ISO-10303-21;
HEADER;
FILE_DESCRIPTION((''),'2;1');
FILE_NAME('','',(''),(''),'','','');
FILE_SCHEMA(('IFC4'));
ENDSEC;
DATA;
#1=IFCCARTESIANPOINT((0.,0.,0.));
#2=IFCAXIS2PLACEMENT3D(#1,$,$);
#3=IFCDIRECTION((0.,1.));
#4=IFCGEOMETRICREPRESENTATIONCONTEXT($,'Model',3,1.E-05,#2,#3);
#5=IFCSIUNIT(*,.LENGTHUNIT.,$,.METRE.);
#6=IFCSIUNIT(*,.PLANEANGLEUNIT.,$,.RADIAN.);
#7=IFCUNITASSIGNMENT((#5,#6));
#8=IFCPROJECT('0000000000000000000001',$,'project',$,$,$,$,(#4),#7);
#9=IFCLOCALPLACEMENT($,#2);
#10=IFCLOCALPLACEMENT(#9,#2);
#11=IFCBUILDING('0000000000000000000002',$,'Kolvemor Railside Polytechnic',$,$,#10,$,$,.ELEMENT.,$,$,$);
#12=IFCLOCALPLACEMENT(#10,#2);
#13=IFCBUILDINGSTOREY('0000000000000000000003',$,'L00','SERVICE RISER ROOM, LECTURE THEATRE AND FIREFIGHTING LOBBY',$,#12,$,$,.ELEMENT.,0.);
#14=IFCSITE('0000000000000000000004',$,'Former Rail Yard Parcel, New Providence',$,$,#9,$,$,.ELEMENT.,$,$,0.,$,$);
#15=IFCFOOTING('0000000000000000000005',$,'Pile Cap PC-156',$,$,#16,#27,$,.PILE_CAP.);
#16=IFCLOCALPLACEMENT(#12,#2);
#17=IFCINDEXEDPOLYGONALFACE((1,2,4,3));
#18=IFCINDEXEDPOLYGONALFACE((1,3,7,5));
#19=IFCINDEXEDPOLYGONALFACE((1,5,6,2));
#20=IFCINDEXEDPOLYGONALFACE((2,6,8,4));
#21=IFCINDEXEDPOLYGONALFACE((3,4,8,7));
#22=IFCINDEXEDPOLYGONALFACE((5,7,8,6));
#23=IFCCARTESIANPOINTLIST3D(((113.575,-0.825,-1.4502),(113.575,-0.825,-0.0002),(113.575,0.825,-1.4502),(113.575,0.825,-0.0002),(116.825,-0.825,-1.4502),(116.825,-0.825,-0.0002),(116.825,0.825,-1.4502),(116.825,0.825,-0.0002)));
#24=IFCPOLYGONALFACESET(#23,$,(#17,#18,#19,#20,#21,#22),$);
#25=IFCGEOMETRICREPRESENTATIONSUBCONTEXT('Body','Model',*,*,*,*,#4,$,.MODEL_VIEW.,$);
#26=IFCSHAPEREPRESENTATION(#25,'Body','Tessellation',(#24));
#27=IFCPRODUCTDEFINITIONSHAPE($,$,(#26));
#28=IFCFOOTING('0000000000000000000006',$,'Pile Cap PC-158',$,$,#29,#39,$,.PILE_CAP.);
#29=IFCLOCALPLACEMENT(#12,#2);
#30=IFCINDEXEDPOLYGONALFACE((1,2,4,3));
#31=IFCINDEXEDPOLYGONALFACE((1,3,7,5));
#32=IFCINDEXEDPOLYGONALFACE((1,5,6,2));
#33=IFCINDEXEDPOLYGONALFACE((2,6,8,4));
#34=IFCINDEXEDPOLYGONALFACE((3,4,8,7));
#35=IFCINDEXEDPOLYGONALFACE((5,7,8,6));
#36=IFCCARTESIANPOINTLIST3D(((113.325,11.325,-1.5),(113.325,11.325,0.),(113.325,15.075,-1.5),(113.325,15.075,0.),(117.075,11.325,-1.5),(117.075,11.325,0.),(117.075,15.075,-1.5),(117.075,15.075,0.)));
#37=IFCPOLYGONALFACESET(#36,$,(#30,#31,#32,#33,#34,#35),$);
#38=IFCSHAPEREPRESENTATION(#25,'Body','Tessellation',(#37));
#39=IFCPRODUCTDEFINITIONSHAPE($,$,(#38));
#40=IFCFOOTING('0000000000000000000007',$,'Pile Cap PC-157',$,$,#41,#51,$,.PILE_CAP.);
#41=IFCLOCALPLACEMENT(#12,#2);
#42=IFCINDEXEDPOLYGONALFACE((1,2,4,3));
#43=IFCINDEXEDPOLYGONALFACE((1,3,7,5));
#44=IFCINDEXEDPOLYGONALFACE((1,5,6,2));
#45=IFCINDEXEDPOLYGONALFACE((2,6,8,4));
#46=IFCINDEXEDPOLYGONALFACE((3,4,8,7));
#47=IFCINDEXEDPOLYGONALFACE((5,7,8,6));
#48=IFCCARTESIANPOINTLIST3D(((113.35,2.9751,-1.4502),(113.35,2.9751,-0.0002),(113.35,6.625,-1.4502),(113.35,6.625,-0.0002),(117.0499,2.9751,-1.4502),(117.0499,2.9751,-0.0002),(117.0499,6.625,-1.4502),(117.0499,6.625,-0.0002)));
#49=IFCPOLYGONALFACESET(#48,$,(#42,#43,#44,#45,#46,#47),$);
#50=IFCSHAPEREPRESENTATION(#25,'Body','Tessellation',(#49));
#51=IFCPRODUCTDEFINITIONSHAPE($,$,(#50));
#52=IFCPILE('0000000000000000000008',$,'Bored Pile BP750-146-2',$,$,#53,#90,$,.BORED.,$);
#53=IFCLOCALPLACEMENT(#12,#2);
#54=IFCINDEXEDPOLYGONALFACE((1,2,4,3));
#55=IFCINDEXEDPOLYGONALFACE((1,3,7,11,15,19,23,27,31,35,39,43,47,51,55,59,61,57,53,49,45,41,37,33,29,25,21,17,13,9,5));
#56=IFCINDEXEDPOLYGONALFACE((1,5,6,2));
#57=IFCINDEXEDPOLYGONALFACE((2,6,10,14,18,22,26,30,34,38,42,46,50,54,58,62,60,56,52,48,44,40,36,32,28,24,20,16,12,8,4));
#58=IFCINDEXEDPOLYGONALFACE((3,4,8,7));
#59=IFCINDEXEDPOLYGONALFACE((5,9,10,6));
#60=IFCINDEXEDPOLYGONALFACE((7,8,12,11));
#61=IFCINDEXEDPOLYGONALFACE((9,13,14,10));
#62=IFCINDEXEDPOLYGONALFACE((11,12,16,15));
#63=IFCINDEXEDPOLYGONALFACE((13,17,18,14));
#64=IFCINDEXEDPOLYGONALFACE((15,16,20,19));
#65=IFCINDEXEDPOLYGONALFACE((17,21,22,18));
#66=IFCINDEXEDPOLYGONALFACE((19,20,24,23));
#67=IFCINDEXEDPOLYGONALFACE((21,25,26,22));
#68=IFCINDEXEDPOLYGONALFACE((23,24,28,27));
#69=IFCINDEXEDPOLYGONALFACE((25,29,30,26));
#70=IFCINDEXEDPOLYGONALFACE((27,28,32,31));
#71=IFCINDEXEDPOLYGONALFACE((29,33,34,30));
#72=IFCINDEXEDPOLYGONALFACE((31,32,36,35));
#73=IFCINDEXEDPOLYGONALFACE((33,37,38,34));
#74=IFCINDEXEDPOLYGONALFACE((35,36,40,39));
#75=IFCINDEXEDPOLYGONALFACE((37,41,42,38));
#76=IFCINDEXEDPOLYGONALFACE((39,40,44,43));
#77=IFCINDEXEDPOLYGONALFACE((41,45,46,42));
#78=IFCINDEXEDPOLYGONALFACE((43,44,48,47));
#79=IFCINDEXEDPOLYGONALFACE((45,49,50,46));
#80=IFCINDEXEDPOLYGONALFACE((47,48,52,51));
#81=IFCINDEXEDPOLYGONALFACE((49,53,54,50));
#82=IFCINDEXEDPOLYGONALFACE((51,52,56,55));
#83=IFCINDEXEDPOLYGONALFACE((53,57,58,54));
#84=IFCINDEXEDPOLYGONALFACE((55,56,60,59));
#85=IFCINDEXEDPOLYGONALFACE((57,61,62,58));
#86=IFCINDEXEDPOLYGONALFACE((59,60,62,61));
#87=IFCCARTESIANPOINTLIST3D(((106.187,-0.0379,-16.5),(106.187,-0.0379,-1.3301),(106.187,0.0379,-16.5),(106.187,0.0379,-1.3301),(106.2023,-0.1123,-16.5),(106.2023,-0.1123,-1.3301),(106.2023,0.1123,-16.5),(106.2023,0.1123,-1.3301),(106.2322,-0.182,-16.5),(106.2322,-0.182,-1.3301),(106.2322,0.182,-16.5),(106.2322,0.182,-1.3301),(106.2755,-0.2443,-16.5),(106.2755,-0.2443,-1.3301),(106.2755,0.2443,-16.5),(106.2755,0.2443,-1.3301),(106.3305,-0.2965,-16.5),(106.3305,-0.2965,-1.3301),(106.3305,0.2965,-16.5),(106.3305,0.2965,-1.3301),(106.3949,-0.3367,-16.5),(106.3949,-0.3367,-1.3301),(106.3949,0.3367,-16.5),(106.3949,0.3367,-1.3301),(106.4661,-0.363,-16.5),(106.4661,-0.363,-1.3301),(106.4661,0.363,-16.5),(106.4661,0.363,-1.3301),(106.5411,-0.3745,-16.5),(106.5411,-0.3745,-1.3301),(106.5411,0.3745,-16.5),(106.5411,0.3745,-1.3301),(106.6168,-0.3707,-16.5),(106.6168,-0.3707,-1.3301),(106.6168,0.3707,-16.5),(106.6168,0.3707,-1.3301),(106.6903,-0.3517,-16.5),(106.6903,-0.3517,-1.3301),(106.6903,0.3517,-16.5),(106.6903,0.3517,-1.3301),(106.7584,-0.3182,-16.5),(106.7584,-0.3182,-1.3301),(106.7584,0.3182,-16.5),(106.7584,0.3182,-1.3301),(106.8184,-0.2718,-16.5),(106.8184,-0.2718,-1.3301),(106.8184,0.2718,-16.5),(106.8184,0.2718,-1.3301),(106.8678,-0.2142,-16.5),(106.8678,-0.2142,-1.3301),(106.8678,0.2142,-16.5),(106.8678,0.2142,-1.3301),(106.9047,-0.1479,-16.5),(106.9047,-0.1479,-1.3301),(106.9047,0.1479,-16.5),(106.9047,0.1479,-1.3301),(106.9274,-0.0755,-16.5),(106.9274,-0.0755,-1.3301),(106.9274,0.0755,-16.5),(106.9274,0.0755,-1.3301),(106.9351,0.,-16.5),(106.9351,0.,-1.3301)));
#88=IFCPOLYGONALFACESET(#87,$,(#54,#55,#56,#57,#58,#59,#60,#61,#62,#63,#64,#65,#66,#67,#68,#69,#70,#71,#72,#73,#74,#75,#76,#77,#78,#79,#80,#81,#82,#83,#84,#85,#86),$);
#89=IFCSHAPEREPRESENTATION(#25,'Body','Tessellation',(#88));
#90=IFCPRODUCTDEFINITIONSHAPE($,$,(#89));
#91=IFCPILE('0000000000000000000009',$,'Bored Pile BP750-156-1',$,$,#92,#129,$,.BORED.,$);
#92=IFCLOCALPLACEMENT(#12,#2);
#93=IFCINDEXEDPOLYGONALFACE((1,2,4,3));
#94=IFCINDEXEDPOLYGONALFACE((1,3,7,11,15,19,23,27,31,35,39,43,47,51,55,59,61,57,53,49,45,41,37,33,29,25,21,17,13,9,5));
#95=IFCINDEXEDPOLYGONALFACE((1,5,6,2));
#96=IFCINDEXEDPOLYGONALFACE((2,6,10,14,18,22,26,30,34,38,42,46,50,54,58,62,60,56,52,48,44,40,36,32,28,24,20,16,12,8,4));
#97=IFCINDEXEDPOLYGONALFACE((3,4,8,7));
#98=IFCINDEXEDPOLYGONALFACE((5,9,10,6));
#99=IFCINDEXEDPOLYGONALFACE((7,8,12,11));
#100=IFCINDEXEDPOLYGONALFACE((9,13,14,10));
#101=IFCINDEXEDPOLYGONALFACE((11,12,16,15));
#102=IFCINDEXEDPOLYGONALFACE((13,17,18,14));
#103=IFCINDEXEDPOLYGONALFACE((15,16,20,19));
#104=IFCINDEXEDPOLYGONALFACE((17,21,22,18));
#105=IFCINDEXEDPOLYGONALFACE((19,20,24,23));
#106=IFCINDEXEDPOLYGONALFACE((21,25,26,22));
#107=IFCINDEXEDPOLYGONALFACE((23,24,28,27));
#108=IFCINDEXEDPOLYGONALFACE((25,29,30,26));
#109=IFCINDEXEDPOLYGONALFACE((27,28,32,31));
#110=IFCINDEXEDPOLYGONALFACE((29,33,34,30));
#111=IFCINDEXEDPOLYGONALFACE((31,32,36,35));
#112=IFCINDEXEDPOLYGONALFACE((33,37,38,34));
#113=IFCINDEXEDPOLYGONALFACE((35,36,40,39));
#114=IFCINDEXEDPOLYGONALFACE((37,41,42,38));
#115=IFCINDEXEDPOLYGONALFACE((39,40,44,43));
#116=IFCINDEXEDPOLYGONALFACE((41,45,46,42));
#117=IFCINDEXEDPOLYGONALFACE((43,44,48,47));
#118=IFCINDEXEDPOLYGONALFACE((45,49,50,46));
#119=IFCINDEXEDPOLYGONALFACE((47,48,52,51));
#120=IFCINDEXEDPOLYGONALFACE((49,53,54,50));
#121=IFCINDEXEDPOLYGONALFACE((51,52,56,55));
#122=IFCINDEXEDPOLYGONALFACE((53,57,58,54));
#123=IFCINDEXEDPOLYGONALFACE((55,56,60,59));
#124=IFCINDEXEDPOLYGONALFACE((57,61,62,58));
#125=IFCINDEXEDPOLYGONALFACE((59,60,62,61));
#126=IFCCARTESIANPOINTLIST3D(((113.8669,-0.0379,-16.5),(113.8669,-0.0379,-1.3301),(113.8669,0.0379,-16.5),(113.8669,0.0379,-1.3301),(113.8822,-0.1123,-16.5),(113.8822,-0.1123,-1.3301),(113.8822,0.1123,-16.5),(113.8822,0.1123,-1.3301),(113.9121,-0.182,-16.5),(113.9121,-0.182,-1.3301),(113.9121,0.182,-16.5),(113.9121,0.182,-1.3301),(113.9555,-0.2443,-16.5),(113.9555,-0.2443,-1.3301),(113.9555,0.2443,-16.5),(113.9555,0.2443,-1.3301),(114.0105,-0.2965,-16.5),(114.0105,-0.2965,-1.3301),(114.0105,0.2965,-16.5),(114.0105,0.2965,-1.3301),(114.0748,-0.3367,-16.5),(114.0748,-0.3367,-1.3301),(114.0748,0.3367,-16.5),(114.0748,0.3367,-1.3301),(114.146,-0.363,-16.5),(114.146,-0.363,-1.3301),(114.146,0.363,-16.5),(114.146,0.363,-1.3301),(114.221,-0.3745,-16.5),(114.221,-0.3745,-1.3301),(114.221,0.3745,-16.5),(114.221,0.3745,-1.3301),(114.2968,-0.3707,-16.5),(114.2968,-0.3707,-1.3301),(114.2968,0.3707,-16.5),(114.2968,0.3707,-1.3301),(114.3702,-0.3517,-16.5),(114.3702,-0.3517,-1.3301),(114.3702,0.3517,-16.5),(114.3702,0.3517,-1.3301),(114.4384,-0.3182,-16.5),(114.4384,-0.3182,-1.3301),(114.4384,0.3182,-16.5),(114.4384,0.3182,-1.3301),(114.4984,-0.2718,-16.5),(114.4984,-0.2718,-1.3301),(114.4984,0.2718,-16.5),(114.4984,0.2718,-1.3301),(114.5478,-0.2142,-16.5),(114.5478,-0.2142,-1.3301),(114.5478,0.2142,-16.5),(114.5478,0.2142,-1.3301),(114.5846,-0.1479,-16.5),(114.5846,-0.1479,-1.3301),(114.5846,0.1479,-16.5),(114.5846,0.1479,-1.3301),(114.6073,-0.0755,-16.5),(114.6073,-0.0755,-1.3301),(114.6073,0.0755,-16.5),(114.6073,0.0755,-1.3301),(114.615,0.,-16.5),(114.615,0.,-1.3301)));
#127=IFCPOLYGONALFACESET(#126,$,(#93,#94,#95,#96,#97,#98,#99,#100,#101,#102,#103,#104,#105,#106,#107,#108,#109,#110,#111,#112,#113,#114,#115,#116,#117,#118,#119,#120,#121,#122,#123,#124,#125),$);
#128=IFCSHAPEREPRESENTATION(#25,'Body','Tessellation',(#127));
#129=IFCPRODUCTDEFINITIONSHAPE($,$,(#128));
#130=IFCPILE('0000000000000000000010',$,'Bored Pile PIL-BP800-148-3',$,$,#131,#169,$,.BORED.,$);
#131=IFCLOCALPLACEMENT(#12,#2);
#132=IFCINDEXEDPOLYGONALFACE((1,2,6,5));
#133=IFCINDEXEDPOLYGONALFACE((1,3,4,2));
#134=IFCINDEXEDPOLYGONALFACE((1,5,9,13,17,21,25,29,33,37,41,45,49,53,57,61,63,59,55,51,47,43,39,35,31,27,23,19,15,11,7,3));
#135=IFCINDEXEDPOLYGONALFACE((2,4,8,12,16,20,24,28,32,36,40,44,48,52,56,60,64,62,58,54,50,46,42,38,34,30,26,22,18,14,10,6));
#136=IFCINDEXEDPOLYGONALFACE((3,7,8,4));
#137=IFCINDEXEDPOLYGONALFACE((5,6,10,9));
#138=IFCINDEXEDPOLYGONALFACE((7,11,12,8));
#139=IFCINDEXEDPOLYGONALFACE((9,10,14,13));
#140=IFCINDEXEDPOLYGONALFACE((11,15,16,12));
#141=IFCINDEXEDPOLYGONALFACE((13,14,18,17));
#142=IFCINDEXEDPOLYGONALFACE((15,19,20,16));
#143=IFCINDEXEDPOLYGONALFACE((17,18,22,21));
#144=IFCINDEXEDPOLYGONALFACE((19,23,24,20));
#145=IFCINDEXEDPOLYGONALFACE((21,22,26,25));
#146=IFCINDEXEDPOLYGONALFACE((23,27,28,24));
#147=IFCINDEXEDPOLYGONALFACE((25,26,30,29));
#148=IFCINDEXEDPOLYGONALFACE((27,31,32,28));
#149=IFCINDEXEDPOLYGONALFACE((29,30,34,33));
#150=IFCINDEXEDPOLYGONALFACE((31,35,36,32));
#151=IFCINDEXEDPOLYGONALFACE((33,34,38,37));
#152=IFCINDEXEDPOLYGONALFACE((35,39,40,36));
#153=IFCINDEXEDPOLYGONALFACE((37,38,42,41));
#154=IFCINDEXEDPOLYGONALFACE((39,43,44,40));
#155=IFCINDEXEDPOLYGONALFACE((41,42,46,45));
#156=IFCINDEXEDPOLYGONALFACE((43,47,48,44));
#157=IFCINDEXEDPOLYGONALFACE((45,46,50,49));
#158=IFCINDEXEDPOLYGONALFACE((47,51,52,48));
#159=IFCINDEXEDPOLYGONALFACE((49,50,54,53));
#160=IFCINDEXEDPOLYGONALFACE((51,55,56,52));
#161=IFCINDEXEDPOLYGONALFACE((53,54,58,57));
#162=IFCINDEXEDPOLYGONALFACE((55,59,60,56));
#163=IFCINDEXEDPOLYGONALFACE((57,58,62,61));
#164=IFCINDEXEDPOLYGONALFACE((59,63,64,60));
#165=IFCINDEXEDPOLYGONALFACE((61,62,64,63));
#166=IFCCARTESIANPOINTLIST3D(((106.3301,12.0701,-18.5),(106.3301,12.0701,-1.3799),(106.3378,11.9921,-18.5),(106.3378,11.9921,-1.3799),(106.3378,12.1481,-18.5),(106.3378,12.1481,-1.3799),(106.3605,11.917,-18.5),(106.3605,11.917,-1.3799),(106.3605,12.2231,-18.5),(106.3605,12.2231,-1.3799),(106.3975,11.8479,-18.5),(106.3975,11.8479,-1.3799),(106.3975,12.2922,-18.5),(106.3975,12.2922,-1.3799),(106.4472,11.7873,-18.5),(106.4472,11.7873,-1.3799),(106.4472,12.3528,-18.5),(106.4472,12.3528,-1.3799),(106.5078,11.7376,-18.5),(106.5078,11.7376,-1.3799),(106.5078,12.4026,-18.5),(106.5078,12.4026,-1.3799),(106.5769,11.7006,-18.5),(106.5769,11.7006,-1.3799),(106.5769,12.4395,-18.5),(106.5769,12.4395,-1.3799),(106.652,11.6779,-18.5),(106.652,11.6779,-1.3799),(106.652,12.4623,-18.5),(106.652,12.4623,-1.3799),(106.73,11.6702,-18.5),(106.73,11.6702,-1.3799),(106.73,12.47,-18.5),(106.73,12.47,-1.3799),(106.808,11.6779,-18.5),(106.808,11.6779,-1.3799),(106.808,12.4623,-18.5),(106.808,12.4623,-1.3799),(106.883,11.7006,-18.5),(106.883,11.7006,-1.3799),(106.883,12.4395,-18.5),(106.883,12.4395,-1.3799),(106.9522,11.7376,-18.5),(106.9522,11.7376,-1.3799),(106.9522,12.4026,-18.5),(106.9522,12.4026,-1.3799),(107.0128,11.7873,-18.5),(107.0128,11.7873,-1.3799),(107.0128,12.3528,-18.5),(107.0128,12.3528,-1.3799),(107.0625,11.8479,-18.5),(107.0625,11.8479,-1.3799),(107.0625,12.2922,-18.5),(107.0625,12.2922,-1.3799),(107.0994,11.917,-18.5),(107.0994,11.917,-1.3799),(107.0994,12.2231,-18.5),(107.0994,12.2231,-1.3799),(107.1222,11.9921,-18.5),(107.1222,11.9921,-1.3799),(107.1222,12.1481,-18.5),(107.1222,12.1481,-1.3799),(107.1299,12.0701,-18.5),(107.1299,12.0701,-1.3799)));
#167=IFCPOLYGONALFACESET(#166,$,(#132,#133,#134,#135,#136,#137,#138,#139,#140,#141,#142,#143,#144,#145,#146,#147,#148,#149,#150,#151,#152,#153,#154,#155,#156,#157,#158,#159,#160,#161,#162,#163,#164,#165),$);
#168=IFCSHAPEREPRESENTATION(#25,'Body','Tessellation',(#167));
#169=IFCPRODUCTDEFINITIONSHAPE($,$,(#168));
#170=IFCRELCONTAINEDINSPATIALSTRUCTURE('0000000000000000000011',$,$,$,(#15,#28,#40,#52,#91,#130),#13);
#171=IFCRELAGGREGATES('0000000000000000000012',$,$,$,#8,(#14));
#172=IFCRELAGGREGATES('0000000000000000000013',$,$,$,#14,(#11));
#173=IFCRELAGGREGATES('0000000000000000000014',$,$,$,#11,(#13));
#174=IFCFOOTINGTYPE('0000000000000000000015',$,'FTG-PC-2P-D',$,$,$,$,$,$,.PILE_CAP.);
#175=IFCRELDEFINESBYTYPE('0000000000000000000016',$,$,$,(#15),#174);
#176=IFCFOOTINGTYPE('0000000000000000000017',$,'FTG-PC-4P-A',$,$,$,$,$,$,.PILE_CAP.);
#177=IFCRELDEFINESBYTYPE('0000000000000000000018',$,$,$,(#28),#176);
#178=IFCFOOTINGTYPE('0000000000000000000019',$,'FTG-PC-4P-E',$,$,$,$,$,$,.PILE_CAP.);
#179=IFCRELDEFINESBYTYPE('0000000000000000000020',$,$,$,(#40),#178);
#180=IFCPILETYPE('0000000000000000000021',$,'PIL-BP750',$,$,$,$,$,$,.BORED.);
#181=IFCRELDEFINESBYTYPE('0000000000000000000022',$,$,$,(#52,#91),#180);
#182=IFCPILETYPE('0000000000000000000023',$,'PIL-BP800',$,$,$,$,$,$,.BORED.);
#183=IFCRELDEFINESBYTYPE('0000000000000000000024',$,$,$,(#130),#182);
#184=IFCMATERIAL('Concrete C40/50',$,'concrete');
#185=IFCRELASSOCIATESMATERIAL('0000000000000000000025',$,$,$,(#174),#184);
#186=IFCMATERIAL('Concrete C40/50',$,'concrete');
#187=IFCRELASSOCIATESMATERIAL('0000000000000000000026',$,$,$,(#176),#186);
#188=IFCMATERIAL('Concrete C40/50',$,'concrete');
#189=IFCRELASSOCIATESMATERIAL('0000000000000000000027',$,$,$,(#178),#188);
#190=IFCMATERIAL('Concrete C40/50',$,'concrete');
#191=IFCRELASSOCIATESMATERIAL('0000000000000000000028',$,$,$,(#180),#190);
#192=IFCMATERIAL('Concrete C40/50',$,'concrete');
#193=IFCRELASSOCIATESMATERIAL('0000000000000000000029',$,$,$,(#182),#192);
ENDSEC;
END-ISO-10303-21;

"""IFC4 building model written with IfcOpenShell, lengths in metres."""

from ifc_helpers import new_model, si_unit, direction, frame, origin, origin_2d, place, context, subcontext, project, spatial, rectangle, circle, extrude, material, material_profile, profile_set, type_object, element, save


model = new_model("IFC4")

# Units and contexts
model_context = context("Model", 3, precision=1e-05, world=origin(), true_north=direction((0.0, 1.0)))
body_context = subcontext(model_context, "Body", "Model", "MODEL_VIEW")
ifc_project = project(units=[si_unit("LENGTHUNIT", "METRE"), si_unit("PLANEANGLEUNIT", "RADIAN")], contexts=[model_context])

# Site, building, storey
site_placement = place(None, origin())
site = spatial("IfcSite", under=ifc_project, at=site_placement, Name="Former Rail Yard Parcel, New Providence", CompositionType="ELEMENT", RefElevation=0.0)
building_placement = place(site_placement, origin())
building = spatial("IfcBuilding", under=site, at=building_placement, Name="Kolvemor Railside Polytechnic", CompositionType="ELEMENT")
storey_placement = place(building_placement, origin())
storey = spatial("IfcBuildingStorey", under=building, at=storey_placement, Name="L00", Description="SERVICE RISER ROOM, LECTURE THEATRE AND FIREFIGHTING LOBBY", CompositionType="ELEMENT", Elevation=0.0)

# Footings
ifc_material_1 = material(Name="Concrete C40/50", Category="concrete")
footing_type_1 = type_object("IfcFootingType", Name="FTG-PC-2P-D", PredefinedType="PILE_CAP", material=ifc_material_1)
footing_1_placement = place(storey_placement, frame((115.2, 0.0, -1.4502), z_axis=(0.0, 0.0, 1.0), x_axis=(1.0, 0.0, 0.0)))
element("IfcFooting", 1, at=footing_1_placement, inside=storey, type_object=footing_type_1, Name="Pile Cap PC-156", PredefinedType="PILE_CAP", context=body_context, shape_type="SweptSolid", body=[
    extrude(rectangle(XDim=3.25, YDim=1.6499, at=origin_2d()), origin(), (0.0, 0.0, 1.0), 1.45),
])
ifc_material_2 = material(Name="Concrete C40/50", Category="concrete")
footing_type_2 = type_object("IfcFootingType", Name="FTG-PC-4P-A", PredefinedType="PILE_CAP", material=ifc_material_2)
footing_2_placement = place(storey_placement, frame((115.2, 13.2, -1.5), z_axis=(0.0, 0.0, 1.0), x_axis=(1.0, 0.0, 0.0)))
element("IfcFooting", 2, at=footing_2_placement, inside=storey, type_object=footing_type_2, Name="Pile Cap PC-158", PredefinedType="PILE_CAP", context=body_context, shape_type="SweptSolid", body=[
    extrude(rectangle(XDim=3.75, YDim=3.75, at=origin_2d()), origin(), (0.0, 0.0, 1.0), 1.5),
])
ifc_material_3 = material(Name="Concrete C40/50", Category="concrete")
footing_type_3 = type_object("IfcFootingType", Name="FTG-PC-4P-E", PredefinedType="PILE_CAP", material=ifc_material_3)
footing_3_placement = place(storey_placement, frame((115.2, 4.8, -1.4502), z_axis=(0.0, 0.0, 1.0), x_axis=(1.0, 0.0, 0.0)))
element("IfcFooting", 3, at=footing_3_placement, inside=storey, type_object=footing_type_3, Name="Pile Cap PC-157", PredefinedType="PILE_CAP", context=body_context, shape_type="SweptSolid", body=[
    extrude(rectangle(XDim=3.7, YDim=3.6499, at=origin_2d()), origin(), (0.0, 0.0, 1.0), 1.45),
])

# Piles
ifc_material_4 = material(Name="Concrete C40/50", Category="concrete")
ifc_material_profile_1 = material_profile(ifc_material_4, circle(Radius=0.375, at=origin_2d()), Name="BP750")
ifc_profile_set_1 = profile_set([ifc_material_profile_1], Name="Concrete C40/50")
pile_type_1 = type_object("IfcPileType", Name="PIL-BP750", PredefinedType="BORED", material=ifc_profile_set_1)
for number, where, z_axis, x_axis, name in (
    (4, (106.5601, 0.0, -1.3301), (0.0, 0.0, -1.0), (1.0, 0.0, 0.0), "Bored Pile BP750-146-2"),
    (5, (114.24, 0.0, -1.3301), (0.0, 0.0, -1.0), (1.0, 0.0, 0.0), "Bored Pile BP750-156-1"),
):
    element("IfcPile", number, at=place(storey_placement, frame(where, z_axis=z_axis, x_axis=x_axis)), inside=storey, type_object=pile_type_1, Name=name, PredefinedType="BORED", context=body_context, shape_type="SweptSolid", body=[
        extrude(circle(Radius=0.375, at=origin_2d()), origin(), (0.0, 0.0, 1.0), 15.1699),
    ])
ifc_material_5 = material(Name="Concrete C40/50", Category="concrete")
ifc_material_profile_2 = material_profile(ifc_material_5, circle(Radius=0.3999, at=origin_2d()), Name="BP800")
ifc_profile_set_2 = profile_set([ifc_material_profile_2], Name="Concrete C40/50")
pile_type_2 = type_object("IfcPileType", Name="PIL-BP800", PredefinedType="BORED", material=ifc_profile_set_2)
for number, where, z_axis, x_axis, name in (
    (6, (106.73, 12.0701, -1.3799), (0.0, 0.0, -1.0), (1.0, 0.0, 0.0), "Bored Pile PIL-BP800-148-3"),
):
    element("IfcPile", number, at=place(storey_placement, frame(where, z_axis=z_axis, x_axis=x_axis)), inside=storey, type_object=pile_type_2, Name=name, PredefinedType="BORED", context=body_context, shape_type="SweptSolid", body=[
        extrude(circle(Radius=0.3999, at=origin_2d()), origin(), (0.0, 0.0, 1.0), 17.1201),
    ])

save(model, "model.ifc")
